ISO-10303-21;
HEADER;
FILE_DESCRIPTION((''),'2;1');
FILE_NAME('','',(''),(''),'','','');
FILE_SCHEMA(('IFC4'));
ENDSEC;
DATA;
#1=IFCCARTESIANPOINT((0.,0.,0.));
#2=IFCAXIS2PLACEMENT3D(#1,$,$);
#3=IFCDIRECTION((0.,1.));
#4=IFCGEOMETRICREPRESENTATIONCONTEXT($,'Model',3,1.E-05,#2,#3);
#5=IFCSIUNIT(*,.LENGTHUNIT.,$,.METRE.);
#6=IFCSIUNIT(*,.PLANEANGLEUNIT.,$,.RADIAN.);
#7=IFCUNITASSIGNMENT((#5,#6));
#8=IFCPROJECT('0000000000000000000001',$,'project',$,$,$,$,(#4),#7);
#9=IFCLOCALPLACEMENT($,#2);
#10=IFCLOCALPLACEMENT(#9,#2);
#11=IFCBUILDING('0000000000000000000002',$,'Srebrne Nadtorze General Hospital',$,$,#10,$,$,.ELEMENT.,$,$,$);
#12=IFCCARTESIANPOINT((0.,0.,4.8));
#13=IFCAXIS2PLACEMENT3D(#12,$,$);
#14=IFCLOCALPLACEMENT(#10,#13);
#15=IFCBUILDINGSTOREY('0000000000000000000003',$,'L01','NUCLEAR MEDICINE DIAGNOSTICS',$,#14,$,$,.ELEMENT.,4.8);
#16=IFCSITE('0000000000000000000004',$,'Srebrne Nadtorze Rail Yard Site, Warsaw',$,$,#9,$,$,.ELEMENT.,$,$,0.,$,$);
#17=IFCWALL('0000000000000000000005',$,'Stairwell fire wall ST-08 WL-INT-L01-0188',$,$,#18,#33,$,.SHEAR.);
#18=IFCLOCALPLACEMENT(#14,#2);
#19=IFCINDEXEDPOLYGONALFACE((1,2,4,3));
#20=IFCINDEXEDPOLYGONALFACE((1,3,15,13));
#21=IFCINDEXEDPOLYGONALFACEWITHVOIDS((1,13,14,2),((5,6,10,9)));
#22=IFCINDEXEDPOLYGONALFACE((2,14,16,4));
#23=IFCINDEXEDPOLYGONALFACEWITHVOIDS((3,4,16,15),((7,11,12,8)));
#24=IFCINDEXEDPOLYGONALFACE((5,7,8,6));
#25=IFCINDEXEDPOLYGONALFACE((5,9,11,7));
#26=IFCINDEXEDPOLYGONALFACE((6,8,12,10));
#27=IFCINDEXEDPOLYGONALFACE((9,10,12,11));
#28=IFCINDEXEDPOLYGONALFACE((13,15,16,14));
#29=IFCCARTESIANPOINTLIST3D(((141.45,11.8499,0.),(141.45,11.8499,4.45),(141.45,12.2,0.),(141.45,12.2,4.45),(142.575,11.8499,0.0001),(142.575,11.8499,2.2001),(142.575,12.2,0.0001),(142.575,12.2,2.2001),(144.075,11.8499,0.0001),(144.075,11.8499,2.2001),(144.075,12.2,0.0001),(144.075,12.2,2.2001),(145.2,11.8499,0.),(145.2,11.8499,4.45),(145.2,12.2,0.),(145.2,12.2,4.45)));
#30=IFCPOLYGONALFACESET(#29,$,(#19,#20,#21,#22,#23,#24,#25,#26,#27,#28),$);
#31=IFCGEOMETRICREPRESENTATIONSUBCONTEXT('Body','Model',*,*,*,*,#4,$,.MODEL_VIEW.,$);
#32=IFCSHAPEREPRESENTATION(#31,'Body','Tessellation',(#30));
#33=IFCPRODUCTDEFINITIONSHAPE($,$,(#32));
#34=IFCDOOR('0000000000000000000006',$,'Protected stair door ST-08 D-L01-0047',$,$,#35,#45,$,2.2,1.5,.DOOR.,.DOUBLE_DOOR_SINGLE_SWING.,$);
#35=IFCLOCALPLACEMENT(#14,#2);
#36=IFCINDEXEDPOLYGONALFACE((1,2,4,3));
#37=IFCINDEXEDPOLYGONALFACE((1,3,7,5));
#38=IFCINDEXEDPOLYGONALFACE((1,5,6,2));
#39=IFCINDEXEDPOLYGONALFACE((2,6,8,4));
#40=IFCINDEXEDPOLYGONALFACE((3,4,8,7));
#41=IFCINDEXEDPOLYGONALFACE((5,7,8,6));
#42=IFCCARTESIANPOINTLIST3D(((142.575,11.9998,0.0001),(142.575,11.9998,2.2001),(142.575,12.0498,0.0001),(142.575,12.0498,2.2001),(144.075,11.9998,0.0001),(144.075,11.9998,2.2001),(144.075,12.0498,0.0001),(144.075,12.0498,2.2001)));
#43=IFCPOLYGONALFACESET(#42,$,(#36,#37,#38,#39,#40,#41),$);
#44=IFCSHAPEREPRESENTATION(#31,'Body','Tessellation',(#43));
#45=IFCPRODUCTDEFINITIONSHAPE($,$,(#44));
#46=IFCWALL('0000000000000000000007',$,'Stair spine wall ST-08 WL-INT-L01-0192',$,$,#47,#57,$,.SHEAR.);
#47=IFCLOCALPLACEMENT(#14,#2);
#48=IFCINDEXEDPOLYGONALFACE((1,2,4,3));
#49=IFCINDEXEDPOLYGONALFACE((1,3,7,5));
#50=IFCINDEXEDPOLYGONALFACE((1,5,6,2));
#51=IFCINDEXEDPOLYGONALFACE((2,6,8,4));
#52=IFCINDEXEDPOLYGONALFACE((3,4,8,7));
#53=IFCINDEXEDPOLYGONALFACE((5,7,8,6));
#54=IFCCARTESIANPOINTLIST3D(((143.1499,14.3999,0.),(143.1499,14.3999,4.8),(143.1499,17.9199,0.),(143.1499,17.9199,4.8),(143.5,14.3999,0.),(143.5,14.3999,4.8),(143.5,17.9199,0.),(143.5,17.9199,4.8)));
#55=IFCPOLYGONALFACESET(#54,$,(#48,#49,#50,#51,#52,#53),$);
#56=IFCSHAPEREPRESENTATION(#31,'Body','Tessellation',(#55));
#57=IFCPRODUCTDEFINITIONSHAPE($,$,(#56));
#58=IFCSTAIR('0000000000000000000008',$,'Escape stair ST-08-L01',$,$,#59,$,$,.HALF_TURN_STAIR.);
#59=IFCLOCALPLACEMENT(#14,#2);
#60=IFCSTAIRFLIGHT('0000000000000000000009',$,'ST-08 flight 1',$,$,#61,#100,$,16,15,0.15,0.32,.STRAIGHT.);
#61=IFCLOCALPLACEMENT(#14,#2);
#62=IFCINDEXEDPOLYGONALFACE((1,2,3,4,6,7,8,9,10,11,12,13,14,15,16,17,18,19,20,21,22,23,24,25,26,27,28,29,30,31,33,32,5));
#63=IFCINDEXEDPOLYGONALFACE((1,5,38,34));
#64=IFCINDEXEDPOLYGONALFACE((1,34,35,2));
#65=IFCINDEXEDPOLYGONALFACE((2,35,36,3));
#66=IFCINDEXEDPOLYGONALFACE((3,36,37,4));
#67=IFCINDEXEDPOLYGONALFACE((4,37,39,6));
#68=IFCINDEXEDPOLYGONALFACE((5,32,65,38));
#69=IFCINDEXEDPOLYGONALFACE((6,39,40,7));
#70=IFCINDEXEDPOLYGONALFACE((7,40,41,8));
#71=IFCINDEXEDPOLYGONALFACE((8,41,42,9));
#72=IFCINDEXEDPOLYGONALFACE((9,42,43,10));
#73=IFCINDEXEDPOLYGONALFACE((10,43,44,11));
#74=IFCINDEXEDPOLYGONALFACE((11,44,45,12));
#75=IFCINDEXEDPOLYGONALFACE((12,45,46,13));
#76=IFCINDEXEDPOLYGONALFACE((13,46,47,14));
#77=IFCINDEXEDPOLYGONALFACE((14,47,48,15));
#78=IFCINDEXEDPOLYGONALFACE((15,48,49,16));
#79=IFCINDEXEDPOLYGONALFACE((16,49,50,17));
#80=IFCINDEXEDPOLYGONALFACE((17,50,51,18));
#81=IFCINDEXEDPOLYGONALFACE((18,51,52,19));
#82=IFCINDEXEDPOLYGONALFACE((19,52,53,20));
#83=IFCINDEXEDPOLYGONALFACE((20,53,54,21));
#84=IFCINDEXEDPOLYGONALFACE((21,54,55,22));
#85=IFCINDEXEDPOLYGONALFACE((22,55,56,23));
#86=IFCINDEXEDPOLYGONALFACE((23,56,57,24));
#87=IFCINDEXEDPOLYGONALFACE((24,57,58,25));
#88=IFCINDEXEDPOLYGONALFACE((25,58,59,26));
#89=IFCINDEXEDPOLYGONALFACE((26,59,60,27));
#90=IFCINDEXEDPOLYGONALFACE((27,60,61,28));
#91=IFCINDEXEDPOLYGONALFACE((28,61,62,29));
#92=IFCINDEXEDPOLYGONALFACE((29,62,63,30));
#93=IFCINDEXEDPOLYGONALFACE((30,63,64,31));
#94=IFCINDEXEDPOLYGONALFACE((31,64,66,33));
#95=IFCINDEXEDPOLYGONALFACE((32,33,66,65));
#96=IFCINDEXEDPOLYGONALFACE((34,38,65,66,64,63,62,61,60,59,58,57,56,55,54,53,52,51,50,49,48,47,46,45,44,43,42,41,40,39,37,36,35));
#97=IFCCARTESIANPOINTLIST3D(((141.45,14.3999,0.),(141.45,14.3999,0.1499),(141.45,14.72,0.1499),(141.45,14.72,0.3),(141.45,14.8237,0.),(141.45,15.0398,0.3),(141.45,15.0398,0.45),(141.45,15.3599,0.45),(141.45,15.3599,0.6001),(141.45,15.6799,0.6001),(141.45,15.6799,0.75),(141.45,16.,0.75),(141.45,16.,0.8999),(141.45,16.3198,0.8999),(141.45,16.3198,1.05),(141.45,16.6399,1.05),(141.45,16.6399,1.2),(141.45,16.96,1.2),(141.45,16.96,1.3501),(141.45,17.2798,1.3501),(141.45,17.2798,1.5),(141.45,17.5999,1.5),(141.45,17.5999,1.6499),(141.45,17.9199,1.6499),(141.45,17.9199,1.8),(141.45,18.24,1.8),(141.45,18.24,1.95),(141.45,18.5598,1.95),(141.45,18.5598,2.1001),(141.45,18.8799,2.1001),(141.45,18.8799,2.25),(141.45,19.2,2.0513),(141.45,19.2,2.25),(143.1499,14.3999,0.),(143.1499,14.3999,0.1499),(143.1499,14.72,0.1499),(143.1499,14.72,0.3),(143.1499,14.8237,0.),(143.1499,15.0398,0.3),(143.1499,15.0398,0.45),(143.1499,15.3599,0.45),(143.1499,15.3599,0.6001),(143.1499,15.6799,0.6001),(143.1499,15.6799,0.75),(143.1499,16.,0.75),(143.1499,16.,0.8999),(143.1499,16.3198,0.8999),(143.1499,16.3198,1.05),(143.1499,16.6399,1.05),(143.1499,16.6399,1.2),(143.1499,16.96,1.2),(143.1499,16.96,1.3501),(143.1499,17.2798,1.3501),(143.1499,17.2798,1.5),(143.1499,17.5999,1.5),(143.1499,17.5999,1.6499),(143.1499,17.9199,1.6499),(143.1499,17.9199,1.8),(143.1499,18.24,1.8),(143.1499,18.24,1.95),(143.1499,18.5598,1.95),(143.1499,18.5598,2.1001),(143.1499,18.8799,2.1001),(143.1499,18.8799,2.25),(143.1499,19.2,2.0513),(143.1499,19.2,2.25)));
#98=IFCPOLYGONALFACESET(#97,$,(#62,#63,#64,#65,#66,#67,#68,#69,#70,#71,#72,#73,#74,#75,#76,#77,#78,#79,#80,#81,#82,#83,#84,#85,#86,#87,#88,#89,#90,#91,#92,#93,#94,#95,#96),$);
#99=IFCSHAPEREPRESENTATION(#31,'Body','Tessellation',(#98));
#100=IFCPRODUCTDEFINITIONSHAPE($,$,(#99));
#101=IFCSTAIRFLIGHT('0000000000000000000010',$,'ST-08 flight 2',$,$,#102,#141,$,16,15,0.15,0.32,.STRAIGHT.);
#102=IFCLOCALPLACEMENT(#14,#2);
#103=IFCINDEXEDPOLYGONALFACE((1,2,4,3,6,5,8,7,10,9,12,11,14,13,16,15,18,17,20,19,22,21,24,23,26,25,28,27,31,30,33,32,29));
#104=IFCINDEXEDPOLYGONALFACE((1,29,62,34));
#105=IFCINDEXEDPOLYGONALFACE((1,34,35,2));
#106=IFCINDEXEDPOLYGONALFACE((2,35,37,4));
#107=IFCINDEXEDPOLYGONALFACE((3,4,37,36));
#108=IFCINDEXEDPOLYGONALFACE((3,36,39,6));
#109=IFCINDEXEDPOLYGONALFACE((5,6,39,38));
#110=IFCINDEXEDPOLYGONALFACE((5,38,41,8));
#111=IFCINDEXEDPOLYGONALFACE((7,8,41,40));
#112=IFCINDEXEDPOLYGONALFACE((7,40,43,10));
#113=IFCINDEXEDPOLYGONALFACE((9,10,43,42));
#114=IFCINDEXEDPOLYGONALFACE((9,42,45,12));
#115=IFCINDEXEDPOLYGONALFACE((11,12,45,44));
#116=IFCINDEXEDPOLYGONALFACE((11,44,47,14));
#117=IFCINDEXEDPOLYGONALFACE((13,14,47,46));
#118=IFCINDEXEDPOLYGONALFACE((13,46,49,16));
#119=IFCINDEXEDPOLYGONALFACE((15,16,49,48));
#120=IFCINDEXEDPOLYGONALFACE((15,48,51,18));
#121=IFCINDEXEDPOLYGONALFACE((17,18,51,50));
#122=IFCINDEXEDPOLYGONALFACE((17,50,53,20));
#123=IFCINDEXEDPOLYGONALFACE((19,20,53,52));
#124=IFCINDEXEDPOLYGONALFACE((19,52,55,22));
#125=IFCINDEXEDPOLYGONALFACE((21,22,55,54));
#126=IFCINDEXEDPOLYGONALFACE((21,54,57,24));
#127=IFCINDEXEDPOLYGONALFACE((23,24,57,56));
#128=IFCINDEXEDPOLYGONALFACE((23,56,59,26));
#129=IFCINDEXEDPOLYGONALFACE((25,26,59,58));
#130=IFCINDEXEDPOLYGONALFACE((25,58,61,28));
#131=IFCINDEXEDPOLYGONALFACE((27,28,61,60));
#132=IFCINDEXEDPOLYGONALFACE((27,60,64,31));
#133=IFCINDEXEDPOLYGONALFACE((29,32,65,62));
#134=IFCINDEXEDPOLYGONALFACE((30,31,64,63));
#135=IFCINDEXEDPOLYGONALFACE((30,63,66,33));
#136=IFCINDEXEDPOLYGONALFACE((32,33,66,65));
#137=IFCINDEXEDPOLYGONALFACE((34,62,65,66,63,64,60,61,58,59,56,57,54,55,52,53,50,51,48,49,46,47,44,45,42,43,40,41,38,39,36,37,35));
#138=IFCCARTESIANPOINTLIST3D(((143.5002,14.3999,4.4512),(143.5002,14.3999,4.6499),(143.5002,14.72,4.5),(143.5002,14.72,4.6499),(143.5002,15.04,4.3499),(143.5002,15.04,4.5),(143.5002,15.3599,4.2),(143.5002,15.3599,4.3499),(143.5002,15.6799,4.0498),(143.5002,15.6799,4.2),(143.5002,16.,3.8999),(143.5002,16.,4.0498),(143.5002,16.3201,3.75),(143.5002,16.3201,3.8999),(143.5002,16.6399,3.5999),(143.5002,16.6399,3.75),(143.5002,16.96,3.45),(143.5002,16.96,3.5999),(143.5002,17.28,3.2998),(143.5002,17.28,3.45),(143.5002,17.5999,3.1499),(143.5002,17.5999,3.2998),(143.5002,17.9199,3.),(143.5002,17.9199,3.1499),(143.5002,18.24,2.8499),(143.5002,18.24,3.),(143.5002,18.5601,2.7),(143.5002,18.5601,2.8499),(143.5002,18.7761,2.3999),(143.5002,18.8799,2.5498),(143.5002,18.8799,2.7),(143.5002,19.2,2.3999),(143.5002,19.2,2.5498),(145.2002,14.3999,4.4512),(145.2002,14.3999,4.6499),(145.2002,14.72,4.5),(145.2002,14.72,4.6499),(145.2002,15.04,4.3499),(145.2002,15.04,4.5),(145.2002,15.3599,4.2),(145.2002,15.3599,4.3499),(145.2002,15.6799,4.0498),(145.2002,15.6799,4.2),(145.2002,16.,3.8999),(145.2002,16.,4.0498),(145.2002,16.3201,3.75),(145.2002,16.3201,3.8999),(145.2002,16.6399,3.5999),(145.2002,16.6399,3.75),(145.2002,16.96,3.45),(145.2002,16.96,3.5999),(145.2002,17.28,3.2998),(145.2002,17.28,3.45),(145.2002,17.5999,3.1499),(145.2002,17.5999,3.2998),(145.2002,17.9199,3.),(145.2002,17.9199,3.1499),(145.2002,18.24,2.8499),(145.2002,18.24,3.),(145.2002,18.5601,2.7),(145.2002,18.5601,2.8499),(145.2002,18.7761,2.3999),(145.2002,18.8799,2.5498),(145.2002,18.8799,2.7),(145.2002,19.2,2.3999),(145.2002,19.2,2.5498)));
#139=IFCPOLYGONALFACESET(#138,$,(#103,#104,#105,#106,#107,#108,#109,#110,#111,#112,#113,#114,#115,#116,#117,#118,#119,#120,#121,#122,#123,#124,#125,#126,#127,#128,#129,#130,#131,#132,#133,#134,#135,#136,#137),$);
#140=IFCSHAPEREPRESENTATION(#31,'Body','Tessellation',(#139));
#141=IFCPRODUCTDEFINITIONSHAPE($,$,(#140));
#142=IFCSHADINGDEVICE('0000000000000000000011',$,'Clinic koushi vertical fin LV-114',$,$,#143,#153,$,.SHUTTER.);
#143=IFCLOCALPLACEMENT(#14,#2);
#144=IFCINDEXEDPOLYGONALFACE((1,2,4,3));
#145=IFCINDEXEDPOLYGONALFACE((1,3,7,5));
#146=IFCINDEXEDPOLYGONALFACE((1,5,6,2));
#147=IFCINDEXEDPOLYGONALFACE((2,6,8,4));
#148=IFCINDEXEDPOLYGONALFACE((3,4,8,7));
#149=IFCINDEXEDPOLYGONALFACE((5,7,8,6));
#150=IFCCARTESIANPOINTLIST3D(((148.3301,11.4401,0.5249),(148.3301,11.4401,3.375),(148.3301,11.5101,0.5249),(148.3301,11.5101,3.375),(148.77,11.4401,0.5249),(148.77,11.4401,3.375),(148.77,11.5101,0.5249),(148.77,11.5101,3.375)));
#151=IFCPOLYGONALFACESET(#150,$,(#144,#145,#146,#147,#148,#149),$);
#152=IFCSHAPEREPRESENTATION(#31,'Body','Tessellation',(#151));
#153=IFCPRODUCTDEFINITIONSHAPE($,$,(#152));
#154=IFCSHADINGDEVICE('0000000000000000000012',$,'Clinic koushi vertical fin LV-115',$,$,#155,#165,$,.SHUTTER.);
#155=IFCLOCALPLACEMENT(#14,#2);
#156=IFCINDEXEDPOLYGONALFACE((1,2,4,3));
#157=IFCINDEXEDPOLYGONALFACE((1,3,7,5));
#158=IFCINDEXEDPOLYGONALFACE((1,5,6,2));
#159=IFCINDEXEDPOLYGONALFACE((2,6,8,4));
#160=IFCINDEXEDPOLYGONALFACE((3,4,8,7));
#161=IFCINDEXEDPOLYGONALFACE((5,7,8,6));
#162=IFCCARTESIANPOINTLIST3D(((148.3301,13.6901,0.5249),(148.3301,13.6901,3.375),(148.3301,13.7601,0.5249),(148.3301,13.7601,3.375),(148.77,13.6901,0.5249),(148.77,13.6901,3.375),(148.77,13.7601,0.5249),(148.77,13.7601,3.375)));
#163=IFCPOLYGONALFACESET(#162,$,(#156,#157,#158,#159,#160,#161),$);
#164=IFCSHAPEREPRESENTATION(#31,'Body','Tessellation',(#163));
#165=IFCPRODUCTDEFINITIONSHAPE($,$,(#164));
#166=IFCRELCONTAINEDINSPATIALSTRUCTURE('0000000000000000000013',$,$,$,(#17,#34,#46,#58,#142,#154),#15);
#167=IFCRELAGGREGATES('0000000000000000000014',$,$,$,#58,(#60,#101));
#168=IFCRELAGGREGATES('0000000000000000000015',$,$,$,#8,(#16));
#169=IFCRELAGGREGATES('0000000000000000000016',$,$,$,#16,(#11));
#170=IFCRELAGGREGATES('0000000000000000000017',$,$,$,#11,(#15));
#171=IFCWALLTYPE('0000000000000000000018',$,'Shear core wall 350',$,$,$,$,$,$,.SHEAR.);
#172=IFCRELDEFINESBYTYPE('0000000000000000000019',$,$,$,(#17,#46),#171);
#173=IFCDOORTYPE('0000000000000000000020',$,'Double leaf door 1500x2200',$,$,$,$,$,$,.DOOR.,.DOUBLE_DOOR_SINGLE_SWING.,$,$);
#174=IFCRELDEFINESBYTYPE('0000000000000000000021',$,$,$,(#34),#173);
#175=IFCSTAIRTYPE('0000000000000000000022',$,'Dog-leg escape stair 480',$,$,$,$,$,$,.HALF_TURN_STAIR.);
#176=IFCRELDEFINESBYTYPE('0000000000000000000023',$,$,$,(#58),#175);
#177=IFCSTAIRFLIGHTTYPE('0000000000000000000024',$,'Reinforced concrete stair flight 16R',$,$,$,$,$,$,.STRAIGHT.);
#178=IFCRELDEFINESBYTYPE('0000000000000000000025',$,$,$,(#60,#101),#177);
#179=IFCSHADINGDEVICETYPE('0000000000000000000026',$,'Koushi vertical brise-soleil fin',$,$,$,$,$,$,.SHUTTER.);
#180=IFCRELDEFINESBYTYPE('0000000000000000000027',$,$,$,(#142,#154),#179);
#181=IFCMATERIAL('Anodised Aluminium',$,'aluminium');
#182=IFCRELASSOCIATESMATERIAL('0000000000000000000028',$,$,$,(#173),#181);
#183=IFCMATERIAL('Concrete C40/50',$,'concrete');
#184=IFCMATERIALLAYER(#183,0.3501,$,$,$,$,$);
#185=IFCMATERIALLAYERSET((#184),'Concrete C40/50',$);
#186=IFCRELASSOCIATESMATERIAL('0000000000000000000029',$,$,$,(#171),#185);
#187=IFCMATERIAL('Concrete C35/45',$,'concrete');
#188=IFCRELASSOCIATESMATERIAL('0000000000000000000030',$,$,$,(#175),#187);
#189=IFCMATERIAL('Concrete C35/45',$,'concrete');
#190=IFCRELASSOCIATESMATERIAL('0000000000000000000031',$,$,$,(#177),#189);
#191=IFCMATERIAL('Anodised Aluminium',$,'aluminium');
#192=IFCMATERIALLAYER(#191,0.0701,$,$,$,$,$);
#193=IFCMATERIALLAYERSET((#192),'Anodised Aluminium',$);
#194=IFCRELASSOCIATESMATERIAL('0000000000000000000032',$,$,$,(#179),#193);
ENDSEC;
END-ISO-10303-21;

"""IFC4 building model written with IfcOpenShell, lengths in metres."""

from ifc_helpers import new_model, si_unit, direction, frame, frame_2d, origin, origin_2d, place, context, subcontext, project, spatial, polyline, rectangle, outline, extrude, material, layer, layer_set, type_object, element, fill, aggregate, save


model = new_model("IFC4")

# Units and contexts
model_context = context("Model", 3, precision=1e-05, world=origin(), true_north=direction((0.0, 1.0)))
body_context = subcontext(model_context, "Body", "Model", "MODEL_VIEW")
ifc_project = project(units=[si_unit("LENGTHUNIT", "METRE"), si_unit("PLANEANGLEUNIT", "RADIAN")], contexts=[model_context])

# Site, building, storey
site_placement = place(None, origin())
site = spatial("IfcSite", under=ifc_project, at=site_placement, Name="Srebrne Nadtorze Rail Yard Site, Warsaw", CompositionType="ELEMENT", RefElevation=0.0)
building_placement = place(site_placement, origin())
building = spatial("IfcBuilding", under=site, at=building_placement, Name="Srebrne Nadtorze General Hospital", CompositionType="ELEMENT")
storey_placement = place(building_placement, frame((0.0, 0.0, 4.8)))
storey = spatial("IfcBuildingStorey", under=building, at=storey_placement, Name="L01", Description="NUCLEAR MEDICINE DIAGNOSTICS", CompositionType="ELEMENT", Elevation=4.8)

# Shared definitions
ifc_material_1 = material(Name="Anodised Aluminium", Category="aluminium")
door_type = type_object("IfcDoorType", Name="Double leaf door 1500x2200", OperationType="DOUBLE_DOOR_SINGLE_SWING", PredefinedType="DOOR", material=ifc_material_1)

# Shared definitions
ifc_material_2 = material(Name="Concrete C40/50", Category="concrete")
ifc_layer_1 = layer(ifc_material_2, 0.3501)
ifc_layer_set_1 = layer_set([ifc_layer_1], Name="Concrete C40/50")
wall_type_1 = type_object("IfcWallType", Name="Shear core wall 350", PredefinedType="SHEAR", material=ifc_layer_set_1)

# Wall, opening, door
wall_1_placement = place(storey_placement, frame((141.45, 12.0249, 0.0), z_axis=(0.0, 0.0, 1.0), x_axis=(1.0, 0.0, 0.0)))
wall_1 = element("IfcWall", 1, at=wall_1_placement, inside=storey, type_object=wall_type_1, Name="Stairwell fire wall ST-08 WL-INT-L01-0188", PredefinedType="SHEAR", context=body_context, shape_type="SweptSolid", body=[
    extrude(rectangle(XDim=3.75, YDim=0.3501, at=frame_2d((1.875, 0.0))), origin(), (0.0, 0.0, 1.0), 4.45),
])
opening_1_placement = place(wall_1_placement, frame((1.125, 0.0, 0.0)))
opening_1 = element("IfcOpeningElement", 2, at=opening_1_placement, cuts=wall_1, PredefinedType="OPENING", context=body_context, shape_type="SweptSolid", body=[
    extrude(rectangle(XDim=1.5, YDim=2.2, at=frame_2d((0.75, 1.1001))), frame((0.0, 0.187, 0.0), z_axis=(0.0, -1.0, 0.0), x_axis=(1.0, 0.0, 0.0)), (0.0, 0.0, 1.0), 0.374),
])
door_1_placement = place(opening_1_placement, origin())
door_1 = element("IfcDoor", 3, at=door_1_placement, inside=storey, type_object=door_type, Name="Protected stair door ST-08 D-L01-0047", OperationType="DOUBLE_DOOR_SINGLE_SWING", OverallHeight=2.2, OverallWidth=1.5, PredefinedType="DOOR", context=body_context, shape_type="SweptSolid", body=[
    extrude(rectangle(XDim=1.5, YDim=2.2, at=frame_2d((0.75, 1.1001))), frame((0.0, 0.0249, 0.0), z_axis=(0.0, -1.0, 0.0), x_axis=(1.0, 0.0, 0.0)), (0.0, 0.0, 1.0), 0.05),
])
fill(opening_1, door_1)

# Wall
wall_2_placement = place(storey_placement, frame((143.325, 14.3999, 0.0), z_axis=(0.0, 0.0, 1.0), x_axis=(0.0, 1.0, 0.0)))
element("IfcWall", 4, at=wall_2_placement, inside=storey, type_object=wall_type_1, Name="Stair spine wall ST-08 WL-INT-L01-0192", PredefinedType="SHEAR", context=body_context, shape_type="SweptSolid", body=[
    extrude(rectangle(XDim=3.52, YDim=0.3501, at=frame_2d((1.76, 0.0))), origin(), (0.0, 0.0, 1.0), 4.8),
])

# Stair, stair flights
ifc_material_3 = material(Name="Concrete C35/45", Category="concrete")
stair_type = type_object("IfcStairType", Name="Dog-leg escape stair 480", PredefinedType="HALF_TURN_STAIR", material=ifc_material_3)
stair_placement = place(storey_placement, origin())
stair = element("IfcStair", 5, at=stair_placement, inside=storey, type_object=stair_type, Name="Escape stair ST-08-L01", PredefinedType="HALF_TURN_STAIR")
ifc_material_4 = material(Name="Concrete C35/45", Category="concrete")
stair_flight_type = type_object("IfcStairFlightType", Name="Reinforced concrete stair flight 16R", PredefinedType="STRAIGHT", material=ifc_material_4)
stair_flight_1_placement = place(storey_placement, frame((142.3, 14.3999, 0.0), z_axis=(0.0, 0.0, 1.0), x_axis=(0.0, 1.0, 0.0)))
stair_flight_1 = element("IfcStairFlight", 6, at=stair_flight_1_placement, type_object=stair_flight_type, Name="ST-08 flight 1", NumberOfRisers=16, NumberOfTreads=15, PredefinedType="STRAIGHT", RiserHeight=0.15, TreadLength=0.32, context=body_context, shape_type="SweptSolid", body=[
    extrude(outline(polyline([(0.0, 0.0), (0.0, 0.1499), (0.3201, 0.1499), (0.3201, 0.3), (0.6399, 0.3), (0.6399, 0.45), (0.96, 0.45), (0.96, 0.6001), (1.28, 0.6001), (1.28, 0.75), (1.6001, 0.75), (1.6001, 0.8999), (1.9199, 0.8999), (1.9199, 1.05), (2.24, 1.05), (2.24, 1.2), (2.5601, 1.2), (2.5601, 1.3501), (2.8799, 1.3501), (2.8799, 1.5), (3.2, 1.5), (3.2, 1.6499), (3.52, 1.6499), (3.52, 1.8), (3.8401, 1.8), (3.8401, 1.95), (4.1599, 1.95), (4.1599, 2.1001), (4.48, 2.1001), (4.48, 2.25), (4.8, 2.25), (4.8, 2.3999), (4.8, 2.0513), (0.4238, 0.0), (0.0, 0.0)])), frame((0.0, 0.8501, 0.0), z_axis=(0.0, -1.0, 0.0), x_axis=(1.0, 0.0, 0.0)), (0.0, 0.0, 1.0), 1.7),
])
stair_flight_2_placement = place(storey_placement, frame((144.3501, 19.2, 2.3999), z_axis=(0.0, 0.0, 1.0), x_axis=(0.0, -1.0, 0.0)))
stair_flight_2 = element("IfcStairFlight", 7, at=stair_flight_2_placement, type_object=stair_flight_type, Name="ST-08 flight 2", NumberOfRisers=16, NumberOfTreads=15, PredefinedType="STRAIGHT", RiserHeight=0.15, TreadLength=0.32, context=body_context, shape_type="SweptSolid", body=[
    extrude(outline(polyline([(0.0, 0.0), (0.0, 0.1499), (0.3201, 0.1499), (0.3201, 0.3), (0.6399, 0.3), (0.6399, 0.45), (0.96, 0.45), (0.96, 0.6001), (1.28, 0.6001), (1.28, 0.75), (1.6001, 0.75), (1.6001, 0.8999), (1.9199, 0.8999), (1.9199, 1.05), (2.24, 1.05), (2.24, 1.2), (2.5601, 1.2), (2.5601, 1.3501), (2.8799, 1.3501), (2.8799, 1.5), (3.2, 1.5), (3.2, 1.6499), (3.52, 1.6499), (3.52, 1.8), (3.8401, 1.8), (3.8401, 1.95), (4.1599, 1.95), (4.1599, 2.1001), (4.48, 2.1001), (4.48, 2.25), (4.8, 2.25), (4.8, 2.3999), (4.8, 2.0513), (0.4238, 0.0), (0.0, 0.0)])), frame((0.0, 0.8501, 0.0), z_axis=(0.0, -1.0, 0.0), x_axis=(1.0, 0.0, 0.0)), (0.0, 0.0, 1.0), 1.7),
])
aggregate(stair, [stair_flight_1, stair_flight_2])

# Shading devices
ifc_material_5 = material(Name="Anodised Aluminium", Category="aluminium")
ifc_layer_2 = layer(ifc_material_5, 0.0701)
ifc_layer_set_2 = layer_set([ifc_layer_2], Name="Anodised Aluminium")
shading_device_type = type_object("IfcShadingDeviceType", Name="Koushi vertical brise-soleil fin", PredefinedType="SHUTTER", material=ifc_layer_set_2)
for number, where, z_axis, x_axis, name in (
    (8, (148.55, 11.4751, 0.5249), (0.0, 0.0, 1.0), (1.0, 0.0, 0.0), "Clinic koushi vertical fin LV-114"),
    (9, (148.55, 13.7251, 0.5249), (0.0, 0.0, 1.0), (1.0, 0.0, 0.0), "Clinic koushi vertical fin LV-115"),
):
    element("IfcShadingDevice", number, at=place(storey_placement, frame(where, z_axis=z_axis, x_axis=x_axis)), inside=storey, type_object=shading_device_type, Name=name, PredefinedType="SHUTTER", context=body_context, shape_type="SweptSolid", body=[
        extrude(rectangle(XDim=0.4399, YDim=0.0701, at=origin_2d()), origin(), (0.0, 0.0, 1.0), 2.8501),
    ])

save(model, "model.ifc")
